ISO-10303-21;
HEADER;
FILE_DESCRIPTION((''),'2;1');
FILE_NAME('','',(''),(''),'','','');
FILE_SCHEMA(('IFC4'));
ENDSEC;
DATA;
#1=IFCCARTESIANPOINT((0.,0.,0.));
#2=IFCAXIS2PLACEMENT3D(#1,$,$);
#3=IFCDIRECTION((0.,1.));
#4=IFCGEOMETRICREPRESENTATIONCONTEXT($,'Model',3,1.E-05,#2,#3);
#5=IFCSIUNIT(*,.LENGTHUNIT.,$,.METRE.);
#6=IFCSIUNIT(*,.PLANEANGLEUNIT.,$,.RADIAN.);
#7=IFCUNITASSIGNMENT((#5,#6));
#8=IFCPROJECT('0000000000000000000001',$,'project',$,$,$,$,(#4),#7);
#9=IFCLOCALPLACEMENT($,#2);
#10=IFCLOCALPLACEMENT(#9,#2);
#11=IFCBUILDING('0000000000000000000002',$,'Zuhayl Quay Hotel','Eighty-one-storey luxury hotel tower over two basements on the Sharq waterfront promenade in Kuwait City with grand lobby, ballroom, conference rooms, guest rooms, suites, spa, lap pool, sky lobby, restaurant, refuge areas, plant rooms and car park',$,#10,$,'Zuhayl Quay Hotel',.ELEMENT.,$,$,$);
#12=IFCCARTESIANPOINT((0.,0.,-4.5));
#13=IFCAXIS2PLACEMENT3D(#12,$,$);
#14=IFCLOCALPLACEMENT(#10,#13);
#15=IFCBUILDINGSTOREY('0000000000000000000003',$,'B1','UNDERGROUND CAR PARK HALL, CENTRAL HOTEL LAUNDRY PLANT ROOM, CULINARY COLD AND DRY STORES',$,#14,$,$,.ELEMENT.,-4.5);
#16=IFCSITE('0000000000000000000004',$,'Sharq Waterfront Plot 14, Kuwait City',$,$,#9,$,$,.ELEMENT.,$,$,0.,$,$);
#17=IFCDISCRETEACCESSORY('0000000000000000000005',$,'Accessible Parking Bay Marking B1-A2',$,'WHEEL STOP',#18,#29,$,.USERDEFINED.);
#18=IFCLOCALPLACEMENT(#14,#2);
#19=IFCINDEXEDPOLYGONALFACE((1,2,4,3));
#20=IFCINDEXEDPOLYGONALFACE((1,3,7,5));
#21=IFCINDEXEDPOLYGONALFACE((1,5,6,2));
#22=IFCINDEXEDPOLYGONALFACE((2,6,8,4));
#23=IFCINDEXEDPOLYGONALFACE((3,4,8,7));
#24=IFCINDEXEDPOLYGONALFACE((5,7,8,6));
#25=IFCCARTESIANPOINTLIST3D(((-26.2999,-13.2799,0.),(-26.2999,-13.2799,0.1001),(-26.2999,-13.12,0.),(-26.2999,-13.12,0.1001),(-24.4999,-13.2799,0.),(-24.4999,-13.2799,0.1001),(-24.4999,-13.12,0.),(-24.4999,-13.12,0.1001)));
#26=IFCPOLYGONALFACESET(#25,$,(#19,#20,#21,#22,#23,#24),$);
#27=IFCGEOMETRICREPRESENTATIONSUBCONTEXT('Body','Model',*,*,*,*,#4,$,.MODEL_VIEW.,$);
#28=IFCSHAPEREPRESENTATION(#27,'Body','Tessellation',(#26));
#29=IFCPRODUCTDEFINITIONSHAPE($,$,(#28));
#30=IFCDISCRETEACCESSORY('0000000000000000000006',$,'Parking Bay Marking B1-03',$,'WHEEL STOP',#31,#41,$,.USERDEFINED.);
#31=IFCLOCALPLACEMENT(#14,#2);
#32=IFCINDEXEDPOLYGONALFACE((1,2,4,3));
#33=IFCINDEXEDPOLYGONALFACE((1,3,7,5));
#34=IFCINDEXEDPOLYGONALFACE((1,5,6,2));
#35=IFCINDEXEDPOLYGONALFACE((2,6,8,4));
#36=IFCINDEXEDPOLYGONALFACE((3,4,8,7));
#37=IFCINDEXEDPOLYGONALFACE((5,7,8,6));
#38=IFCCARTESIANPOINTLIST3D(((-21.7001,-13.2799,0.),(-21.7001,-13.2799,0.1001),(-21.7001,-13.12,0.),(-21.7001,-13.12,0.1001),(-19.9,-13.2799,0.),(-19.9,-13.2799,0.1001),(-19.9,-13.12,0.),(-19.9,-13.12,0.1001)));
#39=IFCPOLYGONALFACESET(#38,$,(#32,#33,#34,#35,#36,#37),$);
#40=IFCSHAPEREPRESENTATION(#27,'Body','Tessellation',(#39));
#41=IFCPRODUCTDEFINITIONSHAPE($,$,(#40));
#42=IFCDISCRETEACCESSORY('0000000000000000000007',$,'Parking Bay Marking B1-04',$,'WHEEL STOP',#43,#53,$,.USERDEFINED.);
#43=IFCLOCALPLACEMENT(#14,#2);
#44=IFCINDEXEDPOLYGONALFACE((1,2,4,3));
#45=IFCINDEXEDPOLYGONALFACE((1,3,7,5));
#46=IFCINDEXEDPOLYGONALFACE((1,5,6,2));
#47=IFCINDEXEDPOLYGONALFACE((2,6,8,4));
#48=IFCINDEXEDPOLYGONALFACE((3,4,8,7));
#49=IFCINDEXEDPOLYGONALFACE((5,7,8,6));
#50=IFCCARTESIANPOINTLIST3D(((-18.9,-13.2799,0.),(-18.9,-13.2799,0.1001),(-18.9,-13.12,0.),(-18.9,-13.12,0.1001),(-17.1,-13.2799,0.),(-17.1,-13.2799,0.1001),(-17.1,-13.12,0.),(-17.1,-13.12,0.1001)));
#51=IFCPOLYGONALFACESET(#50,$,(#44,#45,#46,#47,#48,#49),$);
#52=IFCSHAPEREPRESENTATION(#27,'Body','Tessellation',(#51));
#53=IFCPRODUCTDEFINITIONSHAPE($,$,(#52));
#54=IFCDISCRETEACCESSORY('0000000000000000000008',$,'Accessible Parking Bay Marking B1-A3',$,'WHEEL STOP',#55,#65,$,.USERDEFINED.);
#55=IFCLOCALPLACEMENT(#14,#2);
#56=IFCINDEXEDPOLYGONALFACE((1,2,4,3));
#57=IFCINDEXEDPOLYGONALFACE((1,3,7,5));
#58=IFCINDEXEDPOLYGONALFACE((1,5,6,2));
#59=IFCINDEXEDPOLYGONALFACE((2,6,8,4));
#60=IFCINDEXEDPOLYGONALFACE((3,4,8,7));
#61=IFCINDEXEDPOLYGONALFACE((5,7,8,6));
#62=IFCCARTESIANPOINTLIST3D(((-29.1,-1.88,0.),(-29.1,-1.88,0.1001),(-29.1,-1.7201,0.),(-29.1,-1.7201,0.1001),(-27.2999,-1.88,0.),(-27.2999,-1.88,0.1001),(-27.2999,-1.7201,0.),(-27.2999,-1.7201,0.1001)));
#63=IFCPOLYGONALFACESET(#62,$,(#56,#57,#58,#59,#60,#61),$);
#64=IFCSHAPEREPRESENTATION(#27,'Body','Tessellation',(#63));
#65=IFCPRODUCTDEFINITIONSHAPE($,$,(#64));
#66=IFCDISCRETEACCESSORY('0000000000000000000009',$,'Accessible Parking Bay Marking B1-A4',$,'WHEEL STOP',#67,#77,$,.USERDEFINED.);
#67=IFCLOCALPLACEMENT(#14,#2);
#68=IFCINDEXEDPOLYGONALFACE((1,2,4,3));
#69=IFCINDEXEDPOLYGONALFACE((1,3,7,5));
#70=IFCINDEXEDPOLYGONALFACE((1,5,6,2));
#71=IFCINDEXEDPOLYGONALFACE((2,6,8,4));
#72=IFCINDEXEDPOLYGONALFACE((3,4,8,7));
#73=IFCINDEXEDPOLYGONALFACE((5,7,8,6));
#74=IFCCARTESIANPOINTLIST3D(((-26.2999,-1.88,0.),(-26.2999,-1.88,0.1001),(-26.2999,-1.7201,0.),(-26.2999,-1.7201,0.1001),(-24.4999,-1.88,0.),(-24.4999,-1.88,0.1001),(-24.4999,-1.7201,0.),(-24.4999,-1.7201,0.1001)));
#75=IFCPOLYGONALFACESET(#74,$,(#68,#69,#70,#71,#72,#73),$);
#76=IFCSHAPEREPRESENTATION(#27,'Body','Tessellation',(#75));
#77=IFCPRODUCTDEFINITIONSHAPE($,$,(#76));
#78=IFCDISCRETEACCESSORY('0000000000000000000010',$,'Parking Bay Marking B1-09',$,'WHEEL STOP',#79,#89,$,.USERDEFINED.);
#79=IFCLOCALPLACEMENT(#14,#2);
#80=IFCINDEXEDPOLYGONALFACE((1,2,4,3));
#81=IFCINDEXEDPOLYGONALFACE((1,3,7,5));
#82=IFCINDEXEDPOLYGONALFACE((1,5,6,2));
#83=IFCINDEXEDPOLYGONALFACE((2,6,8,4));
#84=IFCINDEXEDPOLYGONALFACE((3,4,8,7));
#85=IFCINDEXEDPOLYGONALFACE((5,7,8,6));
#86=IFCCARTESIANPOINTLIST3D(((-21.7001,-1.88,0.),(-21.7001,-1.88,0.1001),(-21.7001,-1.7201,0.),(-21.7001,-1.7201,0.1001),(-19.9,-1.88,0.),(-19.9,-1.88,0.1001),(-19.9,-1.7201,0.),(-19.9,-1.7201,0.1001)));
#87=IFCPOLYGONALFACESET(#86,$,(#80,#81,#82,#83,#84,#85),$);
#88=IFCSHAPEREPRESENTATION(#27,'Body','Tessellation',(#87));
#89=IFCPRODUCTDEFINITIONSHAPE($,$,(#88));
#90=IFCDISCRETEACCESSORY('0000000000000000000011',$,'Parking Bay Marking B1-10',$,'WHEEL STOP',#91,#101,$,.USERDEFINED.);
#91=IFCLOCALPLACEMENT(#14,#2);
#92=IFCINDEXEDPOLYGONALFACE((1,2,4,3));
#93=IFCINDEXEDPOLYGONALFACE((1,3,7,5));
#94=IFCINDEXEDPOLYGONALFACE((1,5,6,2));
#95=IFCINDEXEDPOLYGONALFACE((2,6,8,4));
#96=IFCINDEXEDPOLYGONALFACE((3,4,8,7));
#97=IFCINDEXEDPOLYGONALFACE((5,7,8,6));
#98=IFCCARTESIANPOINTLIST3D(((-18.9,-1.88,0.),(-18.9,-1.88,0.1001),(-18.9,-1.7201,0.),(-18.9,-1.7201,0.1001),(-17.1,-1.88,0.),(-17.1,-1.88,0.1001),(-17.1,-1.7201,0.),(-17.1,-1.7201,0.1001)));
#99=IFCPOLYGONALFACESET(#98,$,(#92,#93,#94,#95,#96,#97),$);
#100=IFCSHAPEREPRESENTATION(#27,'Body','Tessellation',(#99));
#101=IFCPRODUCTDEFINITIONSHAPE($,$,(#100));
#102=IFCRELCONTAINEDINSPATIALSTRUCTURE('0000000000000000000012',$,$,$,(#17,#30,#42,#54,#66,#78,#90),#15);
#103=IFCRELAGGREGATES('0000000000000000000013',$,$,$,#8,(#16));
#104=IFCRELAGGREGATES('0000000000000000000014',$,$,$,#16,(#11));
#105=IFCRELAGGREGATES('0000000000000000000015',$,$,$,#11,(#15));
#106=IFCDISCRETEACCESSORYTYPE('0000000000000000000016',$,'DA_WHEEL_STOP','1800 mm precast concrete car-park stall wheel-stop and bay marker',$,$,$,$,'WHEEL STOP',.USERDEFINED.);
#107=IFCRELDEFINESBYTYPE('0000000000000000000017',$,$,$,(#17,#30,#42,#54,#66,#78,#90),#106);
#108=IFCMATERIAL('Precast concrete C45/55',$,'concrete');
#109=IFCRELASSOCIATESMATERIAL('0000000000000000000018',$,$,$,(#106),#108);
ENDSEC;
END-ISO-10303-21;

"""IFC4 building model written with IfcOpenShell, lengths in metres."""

from ifc_helpers import new_model, si_unit, direction, frame, origin, origin_2d, place, context, subcontext, project, spatial, rectangle, extrude, material, type_object, element, save


model = new_model("IFC4")

# Units and contexts
model_context = context("Model", 3, precision=1e-05, world=origin(), true_north=direction((0.0, 1.0)))
body_context = subcontext(model_context, "Body", "Model", "MODEL_VIEW")
ifc_project = project(units=[si_unit("LENGTHUNIT", "METRE"), si_unit("PLANEANGLEUNIT", "RADIAN")], contexts=[model_context])

# Site, building, storey
site_placement = place(None, origin())
site = spatial("IfcSite", under=ifc_project, at=site_placement, Name="Sharq Waterfront Plot 14, Kuwait City", CompositionType="ELEMENT", RefElevation=0.0)
building_placement = place(site_placement, origin())
building = spatial("IfcBuilding", under=site, at=building_placement, Name="Zuhayl Quay Hotel", Description="Eighty-one-storey luxury hotel tower over two basements on the Sharq waterfront promenade in Kuwait City with grand lobby, ballroom, conference rooms, guest rooms, suites, spa, lap pool, sky lobby, restaurant, refuge areas, plant rooms and car park", LongName="Zuhayl Quay Hotel", CompositionType="ELEMENT")
storey_placement = place(building_placement, frame((0.0, 0.0, -4.5)))
storey = spatial("IfcBuildingStorey", under=building, at=storey_placement, Name="B1", Description="UNDERGROUND CAR PARK HALL, CENTRAL HOTEL LAUNDRY PLANT ROOM, CULINARY COLD AND DRY STORES", CompositionType="ELEMENT", Elevation=-4.5)

# Shared definitions
ifc_material_1 = material(Name="Precast concrete C45/55", Category="concrete")

# Discrete accessories
discrete_accessory_type = type_object("IfcDiscreteAccessoryType", Name="DA_WHEEL_STOP", Description="1800 mm precast concrete car-park stall wheel-stop and bay marker", ElementType="WHEEL STOP", PredefinedType="USERDEFINED", material=ifc_material_1)
for number, where, z_axis, x_axis, name in (
    (1, (-25.3999, -13.2, 0.0), (0.0, 0.0, 1.0), (1.0, 0.0, 0.0), "Accessible Parking Bay Marking B1-A2"),
    (2, (-20.8, -13.2, 0.0), (0.0, 0.0, 1.0), (1.0, 0.0, 0.0), "Parking Bay Marking B1-03"),
    (3, (-18.0, -13.2, 0.0), (0.0, 0.0, 1.0), (1.0, 0.0, 0.0), "Parking Bay Marking B1-04"),
    (4, (-28.2, -1.8, 0.0), (0.0, 0.0, 1.0), (1.0, 0.0, 0.0), "Accessible Parking Bay Marking B1-A3"),
    (5, (-25.3999, -1.8, 0.0), (0.0, 0.0, 1.0), (1.0, 0.0, 0.0), "Accessible Parking Bay Marking B1-A4"),
    (6, (-20.8, -1.8, 0.0), (0.0, 0.0, 1.0), (1.0, 0.0, 0.0), "Parking Bay Marking B1-09"),
    (7, (-18.0, -1.8, 0.0), (0.0, 0.0, 1.0), (1.0, 0.0, 0.0), "Parking Bay Marking B1-10"),
):
    element("IfcDiscreteAccessory", number, at=place(storey_placement, frame(where, z_axis=z_axis, x_axis=x_axis)), inside=storey, type_object=discrete_accessory_type, Name=name, ObjectType="WHEEL STOP", PredefinedType="USERDEFINED", context=body_context, shape_type="SweptSolid", body=[
        extrude(rectangle(XDim=1.8, YDim=0.1599, at=origin_2d()), origin(), (0.0, 0.0, 1.0), 0.1001),
    ])

save(model, "model.ifc")
